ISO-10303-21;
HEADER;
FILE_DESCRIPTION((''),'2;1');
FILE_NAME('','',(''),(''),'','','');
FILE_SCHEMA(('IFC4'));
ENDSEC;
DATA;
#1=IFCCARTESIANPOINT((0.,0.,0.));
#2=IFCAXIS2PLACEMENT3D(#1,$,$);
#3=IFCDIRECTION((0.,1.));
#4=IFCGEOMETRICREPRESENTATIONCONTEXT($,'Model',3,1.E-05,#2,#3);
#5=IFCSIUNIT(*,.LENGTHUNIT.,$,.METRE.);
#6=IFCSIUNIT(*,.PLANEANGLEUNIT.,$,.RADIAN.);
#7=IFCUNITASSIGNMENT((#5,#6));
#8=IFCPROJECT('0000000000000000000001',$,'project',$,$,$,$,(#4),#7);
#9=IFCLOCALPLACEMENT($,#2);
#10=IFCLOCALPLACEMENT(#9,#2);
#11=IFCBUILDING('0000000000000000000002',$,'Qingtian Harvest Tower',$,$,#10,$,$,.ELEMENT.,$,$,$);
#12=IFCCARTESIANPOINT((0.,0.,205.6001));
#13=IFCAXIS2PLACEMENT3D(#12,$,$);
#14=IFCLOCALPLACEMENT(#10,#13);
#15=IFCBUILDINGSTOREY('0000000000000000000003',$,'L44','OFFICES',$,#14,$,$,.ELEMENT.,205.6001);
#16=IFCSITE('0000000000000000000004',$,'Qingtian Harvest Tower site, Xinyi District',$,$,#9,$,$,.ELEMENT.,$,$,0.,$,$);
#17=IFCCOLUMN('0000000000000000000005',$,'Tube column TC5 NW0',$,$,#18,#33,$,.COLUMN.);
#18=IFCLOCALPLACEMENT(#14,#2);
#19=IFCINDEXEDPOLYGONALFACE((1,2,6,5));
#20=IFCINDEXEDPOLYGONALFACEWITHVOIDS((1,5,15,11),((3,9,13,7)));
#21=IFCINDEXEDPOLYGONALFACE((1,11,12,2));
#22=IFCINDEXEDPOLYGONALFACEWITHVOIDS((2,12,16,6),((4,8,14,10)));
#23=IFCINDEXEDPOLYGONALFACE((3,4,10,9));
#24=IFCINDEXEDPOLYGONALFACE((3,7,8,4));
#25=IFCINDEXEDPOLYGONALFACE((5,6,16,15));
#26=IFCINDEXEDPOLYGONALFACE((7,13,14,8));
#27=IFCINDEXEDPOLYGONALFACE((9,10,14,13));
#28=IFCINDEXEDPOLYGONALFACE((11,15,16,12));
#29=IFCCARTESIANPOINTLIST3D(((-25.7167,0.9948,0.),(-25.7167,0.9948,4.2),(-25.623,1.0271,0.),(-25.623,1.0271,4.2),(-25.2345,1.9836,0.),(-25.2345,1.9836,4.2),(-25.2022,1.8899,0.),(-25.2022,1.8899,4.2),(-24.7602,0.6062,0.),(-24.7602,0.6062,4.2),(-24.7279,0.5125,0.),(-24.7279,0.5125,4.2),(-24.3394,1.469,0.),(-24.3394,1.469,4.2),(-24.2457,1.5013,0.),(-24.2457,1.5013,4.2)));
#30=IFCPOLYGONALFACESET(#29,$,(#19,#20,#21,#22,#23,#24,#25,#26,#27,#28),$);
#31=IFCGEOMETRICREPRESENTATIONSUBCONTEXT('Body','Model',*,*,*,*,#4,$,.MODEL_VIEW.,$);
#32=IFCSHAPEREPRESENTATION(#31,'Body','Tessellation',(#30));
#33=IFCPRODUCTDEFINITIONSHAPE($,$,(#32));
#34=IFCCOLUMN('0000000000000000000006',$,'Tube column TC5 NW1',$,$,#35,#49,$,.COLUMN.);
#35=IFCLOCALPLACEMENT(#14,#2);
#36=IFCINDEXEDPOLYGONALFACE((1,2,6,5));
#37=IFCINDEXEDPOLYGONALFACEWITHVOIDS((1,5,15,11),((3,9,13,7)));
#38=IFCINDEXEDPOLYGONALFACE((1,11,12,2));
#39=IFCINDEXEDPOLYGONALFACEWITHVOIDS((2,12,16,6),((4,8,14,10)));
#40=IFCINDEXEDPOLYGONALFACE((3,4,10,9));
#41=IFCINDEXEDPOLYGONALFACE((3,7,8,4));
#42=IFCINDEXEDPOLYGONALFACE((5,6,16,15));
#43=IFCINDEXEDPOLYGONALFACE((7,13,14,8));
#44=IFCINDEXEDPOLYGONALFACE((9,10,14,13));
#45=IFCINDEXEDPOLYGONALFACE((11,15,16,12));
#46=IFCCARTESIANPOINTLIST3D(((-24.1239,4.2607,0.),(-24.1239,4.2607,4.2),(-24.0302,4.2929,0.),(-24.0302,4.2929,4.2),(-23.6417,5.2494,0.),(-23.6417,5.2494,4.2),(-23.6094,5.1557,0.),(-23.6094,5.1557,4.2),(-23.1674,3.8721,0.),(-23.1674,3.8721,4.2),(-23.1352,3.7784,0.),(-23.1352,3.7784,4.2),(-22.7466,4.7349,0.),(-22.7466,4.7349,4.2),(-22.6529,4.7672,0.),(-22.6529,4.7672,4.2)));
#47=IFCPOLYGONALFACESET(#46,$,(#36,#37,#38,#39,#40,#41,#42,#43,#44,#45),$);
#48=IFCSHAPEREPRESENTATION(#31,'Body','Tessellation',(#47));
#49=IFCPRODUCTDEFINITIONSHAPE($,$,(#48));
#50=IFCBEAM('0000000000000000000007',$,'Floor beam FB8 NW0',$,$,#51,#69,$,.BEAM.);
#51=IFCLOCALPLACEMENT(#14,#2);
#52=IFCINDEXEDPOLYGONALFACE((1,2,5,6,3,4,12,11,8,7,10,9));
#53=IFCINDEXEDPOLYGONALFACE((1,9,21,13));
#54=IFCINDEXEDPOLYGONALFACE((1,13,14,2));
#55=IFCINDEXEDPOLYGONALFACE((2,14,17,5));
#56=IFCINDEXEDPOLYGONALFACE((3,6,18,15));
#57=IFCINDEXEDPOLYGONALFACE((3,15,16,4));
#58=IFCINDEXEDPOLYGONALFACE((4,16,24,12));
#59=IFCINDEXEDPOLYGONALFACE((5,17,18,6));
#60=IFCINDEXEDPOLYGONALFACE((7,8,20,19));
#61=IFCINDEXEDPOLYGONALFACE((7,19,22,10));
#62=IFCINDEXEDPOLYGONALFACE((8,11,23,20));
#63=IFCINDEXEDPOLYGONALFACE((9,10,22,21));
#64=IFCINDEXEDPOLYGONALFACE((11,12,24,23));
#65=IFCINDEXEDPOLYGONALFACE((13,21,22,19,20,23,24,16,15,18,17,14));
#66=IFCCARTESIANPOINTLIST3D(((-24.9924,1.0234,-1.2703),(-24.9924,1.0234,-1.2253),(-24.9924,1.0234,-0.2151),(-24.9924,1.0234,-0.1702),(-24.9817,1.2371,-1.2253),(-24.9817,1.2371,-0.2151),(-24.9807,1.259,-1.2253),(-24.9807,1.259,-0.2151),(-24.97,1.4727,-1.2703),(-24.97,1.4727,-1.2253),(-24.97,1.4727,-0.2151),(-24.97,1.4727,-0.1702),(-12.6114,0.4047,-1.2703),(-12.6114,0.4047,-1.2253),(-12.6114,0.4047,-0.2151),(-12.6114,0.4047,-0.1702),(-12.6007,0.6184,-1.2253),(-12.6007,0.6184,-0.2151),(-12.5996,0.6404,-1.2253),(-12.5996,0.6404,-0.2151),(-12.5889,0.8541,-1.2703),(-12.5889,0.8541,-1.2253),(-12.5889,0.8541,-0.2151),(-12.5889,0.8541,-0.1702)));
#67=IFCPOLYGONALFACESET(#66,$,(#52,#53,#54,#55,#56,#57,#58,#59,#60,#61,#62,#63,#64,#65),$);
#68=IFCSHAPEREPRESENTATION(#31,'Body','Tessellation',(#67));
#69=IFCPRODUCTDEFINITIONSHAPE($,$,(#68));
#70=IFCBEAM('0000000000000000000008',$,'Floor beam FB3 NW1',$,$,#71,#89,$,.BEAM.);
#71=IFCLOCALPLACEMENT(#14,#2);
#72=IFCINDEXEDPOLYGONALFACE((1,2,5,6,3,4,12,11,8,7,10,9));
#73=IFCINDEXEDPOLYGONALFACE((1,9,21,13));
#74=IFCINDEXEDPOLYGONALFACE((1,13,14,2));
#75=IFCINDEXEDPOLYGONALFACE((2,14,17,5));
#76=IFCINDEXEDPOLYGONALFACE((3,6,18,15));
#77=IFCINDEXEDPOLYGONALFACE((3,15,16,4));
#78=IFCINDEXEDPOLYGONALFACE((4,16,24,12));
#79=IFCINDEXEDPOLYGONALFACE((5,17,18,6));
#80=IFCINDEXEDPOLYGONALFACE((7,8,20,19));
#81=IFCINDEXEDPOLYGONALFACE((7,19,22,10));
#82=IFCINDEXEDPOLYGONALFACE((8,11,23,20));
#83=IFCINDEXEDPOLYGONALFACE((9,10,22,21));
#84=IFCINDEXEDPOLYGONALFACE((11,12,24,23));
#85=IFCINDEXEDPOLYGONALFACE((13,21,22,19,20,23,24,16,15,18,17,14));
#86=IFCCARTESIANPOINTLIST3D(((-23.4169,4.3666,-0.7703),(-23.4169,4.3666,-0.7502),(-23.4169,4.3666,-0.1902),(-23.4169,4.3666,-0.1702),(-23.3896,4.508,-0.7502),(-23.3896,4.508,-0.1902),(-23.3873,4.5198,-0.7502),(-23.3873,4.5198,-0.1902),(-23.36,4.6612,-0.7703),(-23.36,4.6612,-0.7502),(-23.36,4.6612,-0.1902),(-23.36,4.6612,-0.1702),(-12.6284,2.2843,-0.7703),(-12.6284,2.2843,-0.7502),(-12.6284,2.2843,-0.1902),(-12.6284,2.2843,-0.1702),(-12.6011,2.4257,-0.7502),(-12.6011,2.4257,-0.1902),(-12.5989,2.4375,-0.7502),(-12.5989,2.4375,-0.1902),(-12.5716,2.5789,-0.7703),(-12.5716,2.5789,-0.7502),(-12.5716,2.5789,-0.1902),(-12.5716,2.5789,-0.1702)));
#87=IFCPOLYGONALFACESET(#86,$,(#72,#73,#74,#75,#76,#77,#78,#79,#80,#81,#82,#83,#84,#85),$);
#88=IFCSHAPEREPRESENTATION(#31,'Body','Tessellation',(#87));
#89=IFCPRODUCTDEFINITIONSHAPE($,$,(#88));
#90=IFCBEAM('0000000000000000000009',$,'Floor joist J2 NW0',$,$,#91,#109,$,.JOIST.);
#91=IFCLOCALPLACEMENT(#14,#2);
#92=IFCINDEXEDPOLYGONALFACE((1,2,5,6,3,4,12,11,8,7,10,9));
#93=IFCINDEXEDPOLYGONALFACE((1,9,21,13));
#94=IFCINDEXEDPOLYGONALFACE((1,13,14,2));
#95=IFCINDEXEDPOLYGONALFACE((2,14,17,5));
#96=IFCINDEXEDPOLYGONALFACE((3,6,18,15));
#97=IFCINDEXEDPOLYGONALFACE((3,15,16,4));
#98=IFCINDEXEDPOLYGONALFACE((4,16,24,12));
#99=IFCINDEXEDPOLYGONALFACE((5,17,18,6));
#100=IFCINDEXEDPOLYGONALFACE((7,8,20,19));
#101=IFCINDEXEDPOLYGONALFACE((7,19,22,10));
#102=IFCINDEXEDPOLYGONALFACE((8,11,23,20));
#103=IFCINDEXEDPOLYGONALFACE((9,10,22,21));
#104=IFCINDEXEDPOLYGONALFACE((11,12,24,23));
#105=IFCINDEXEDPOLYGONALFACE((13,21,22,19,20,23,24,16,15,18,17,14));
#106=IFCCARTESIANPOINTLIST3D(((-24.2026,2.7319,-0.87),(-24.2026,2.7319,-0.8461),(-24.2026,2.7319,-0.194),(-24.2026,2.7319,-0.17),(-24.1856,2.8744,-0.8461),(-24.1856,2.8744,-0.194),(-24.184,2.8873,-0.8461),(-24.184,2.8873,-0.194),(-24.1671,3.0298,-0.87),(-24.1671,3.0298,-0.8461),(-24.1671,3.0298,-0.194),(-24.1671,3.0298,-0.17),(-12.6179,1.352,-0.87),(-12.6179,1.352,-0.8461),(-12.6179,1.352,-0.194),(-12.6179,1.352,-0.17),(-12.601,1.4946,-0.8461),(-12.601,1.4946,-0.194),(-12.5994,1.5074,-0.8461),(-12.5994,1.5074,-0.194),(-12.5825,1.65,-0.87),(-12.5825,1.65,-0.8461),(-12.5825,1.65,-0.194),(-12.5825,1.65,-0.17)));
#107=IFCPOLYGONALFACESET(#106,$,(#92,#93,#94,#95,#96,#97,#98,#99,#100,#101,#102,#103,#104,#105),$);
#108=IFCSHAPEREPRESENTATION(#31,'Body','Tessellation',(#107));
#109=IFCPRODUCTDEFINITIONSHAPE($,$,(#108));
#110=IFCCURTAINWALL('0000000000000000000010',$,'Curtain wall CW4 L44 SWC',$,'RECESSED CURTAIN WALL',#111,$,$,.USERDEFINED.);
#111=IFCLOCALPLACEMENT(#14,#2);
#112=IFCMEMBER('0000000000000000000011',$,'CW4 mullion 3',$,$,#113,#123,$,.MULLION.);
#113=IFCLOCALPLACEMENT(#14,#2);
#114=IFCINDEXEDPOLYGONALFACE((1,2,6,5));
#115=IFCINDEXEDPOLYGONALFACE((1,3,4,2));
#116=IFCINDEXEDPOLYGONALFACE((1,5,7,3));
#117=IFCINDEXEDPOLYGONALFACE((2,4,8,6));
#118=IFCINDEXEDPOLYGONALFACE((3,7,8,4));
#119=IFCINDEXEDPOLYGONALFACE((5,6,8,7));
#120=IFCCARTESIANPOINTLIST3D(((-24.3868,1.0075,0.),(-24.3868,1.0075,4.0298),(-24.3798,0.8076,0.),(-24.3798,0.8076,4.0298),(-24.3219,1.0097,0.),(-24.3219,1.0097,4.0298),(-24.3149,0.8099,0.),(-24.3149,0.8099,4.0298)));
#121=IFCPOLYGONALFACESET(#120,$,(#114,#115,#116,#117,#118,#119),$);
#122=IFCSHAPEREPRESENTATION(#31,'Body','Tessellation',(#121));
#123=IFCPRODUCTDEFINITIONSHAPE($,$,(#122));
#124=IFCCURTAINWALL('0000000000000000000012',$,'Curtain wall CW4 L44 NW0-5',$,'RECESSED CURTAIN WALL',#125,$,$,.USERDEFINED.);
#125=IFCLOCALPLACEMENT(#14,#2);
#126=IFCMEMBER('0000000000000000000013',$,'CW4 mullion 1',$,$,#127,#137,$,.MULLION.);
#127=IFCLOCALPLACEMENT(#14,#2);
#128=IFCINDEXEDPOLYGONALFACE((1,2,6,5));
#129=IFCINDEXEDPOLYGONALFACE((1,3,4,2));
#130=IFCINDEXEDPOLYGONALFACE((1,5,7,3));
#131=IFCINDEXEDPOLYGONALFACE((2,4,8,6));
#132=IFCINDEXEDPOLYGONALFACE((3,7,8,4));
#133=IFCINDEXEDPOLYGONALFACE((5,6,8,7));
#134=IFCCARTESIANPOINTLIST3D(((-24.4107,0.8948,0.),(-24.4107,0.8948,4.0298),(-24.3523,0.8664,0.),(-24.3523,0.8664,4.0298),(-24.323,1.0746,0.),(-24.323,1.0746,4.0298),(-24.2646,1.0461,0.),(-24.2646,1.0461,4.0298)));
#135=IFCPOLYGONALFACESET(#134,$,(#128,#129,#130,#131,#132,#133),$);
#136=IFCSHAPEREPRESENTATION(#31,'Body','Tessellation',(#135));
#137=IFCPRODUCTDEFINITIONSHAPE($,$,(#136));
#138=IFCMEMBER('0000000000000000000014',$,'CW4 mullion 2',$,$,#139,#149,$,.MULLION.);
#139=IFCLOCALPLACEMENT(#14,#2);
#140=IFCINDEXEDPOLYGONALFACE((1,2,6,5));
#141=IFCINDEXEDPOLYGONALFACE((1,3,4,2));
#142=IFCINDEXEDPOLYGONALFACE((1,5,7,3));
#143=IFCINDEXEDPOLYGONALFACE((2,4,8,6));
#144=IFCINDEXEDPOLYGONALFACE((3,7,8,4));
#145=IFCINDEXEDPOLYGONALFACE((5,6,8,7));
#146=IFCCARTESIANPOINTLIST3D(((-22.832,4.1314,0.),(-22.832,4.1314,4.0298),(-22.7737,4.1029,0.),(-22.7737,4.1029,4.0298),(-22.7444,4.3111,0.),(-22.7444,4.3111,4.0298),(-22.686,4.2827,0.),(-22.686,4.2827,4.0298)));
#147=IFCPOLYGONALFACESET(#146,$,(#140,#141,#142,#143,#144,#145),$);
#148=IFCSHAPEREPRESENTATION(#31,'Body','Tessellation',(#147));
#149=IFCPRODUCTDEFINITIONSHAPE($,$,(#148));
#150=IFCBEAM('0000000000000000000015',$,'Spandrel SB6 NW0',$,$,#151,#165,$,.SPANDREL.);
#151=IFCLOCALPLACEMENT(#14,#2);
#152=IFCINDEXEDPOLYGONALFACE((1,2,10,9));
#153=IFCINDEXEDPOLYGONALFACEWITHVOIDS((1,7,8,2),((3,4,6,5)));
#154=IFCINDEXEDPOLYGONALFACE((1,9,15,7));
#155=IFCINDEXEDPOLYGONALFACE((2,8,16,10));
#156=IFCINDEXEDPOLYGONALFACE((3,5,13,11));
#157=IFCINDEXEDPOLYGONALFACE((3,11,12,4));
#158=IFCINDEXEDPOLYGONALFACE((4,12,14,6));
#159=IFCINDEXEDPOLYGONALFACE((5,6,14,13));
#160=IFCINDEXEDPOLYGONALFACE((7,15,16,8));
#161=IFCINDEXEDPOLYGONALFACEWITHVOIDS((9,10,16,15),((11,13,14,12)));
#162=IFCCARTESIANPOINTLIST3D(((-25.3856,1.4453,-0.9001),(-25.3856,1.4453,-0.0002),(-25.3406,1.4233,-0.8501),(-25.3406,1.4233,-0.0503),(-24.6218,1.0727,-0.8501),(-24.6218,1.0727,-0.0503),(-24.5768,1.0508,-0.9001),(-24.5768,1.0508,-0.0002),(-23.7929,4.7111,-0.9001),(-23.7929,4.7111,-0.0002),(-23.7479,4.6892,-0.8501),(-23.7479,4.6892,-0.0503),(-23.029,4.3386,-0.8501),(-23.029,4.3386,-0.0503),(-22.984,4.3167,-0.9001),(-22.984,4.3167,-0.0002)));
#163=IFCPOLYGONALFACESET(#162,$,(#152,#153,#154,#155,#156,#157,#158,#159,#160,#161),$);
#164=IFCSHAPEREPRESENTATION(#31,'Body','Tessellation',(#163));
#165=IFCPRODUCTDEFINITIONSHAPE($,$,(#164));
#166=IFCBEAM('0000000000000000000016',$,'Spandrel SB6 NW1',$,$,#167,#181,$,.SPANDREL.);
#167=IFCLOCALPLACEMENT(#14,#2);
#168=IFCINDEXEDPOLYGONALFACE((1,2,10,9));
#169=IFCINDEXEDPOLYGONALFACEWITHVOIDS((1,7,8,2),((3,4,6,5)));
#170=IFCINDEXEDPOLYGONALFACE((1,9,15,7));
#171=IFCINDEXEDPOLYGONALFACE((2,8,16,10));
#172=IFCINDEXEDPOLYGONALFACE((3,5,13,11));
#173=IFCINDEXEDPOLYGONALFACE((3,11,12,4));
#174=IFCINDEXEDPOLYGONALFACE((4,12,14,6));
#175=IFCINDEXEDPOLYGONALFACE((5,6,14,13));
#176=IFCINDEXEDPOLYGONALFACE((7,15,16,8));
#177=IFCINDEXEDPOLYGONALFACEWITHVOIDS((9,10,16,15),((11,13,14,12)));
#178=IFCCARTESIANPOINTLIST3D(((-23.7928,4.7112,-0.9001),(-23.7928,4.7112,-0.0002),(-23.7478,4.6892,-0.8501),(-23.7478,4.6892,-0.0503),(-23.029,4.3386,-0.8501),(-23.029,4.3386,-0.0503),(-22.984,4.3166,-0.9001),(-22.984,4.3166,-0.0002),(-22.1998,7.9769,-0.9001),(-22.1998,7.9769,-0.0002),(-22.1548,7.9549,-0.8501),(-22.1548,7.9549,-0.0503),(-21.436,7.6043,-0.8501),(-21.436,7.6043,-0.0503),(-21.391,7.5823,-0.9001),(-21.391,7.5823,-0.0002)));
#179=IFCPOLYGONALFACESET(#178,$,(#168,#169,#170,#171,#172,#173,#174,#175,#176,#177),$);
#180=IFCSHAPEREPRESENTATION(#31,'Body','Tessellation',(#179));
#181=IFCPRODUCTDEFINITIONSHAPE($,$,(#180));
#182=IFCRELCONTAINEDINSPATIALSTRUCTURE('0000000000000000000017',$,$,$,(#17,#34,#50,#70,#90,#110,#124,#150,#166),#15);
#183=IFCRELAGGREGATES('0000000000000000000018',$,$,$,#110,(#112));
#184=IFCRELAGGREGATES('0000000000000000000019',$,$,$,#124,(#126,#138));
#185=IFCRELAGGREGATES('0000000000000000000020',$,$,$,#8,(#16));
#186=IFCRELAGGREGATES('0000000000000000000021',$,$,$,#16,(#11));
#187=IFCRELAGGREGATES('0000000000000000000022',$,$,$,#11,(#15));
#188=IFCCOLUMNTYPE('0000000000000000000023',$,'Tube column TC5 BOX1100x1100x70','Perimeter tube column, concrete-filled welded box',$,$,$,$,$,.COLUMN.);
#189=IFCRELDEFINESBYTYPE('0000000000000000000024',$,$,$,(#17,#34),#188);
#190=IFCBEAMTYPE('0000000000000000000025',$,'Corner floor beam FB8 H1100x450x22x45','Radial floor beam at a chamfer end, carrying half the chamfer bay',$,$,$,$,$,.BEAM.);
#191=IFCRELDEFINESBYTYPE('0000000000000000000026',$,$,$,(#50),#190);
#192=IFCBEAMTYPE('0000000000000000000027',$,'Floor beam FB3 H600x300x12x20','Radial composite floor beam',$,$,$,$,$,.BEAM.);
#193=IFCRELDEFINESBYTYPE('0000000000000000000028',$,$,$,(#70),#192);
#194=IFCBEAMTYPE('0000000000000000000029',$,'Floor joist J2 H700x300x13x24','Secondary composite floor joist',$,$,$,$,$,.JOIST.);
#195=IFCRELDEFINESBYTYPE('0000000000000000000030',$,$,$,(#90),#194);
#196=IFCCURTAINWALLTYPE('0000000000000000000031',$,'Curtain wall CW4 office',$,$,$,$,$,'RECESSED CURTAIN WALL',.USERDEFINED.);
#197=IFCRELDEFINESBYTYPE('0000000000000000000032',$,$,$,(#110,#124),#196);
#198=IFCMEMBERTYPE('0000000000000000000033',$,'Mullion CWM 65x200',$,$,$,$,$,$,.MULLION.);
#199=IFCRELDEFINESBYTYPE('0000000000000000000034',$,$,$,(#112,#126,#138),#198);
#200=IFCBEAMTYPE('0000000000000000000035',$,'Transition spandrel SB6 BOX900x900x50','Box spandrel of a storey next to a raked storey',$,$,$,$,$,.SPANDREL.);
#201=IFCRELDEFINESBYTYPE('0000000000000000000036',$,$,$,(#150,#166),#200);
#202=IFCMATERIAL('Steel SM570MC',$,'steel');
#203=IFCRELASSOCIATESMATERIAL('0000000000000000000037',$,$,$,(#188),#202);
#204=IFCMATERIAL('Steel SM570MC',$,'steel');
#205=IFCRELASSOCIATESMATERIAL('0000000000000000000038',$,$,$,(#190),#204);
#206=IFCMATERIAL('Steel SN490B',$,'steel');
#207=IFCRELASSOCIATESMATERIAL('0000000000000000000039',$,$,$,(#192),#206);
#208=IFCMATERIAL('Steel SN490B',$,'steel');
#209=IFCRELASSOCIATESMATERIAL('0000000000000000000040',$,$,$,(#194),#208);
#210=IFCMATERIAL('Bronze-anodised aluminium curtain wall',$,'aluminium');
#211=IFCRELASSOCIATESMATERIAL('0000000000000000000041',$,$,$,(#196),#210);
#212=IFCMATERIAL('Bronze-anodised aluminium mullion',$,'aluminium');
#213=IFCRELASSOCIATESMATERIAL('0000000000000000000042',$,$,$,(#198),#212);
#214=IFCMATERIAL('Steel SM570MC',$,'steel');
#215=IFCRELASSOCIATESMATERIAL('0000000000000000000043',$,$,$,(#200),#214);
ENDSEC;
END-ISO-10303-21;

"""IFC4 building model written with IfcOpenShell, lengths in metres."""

from ifc_helpers import new_model, si_unit, direction, frame, origin, origin_2d, place, context, subcontext, project, spatial, rectangle, hollow_rectangle, i_section, extrude, material, material_profile, profile_set, type_object, element, aggregate, save


model = new_model("IFC4")

# Units and contexts
model_context = context("Model", 3, precision=1e-05, world=origin(), true_north=direction((0.0, 1.0)))
body_context = subcontext(model_context, "Body", "Model", "MODEL_VIEW")
ifc_project = project(units=[si_unit("LENGTHUNIT", "METRE"), si_unit("PLANEANGLEUNIT", "RADIAN")], contexts=[model_context])

# Site, building, storey
site_placement = place(None, origin())
site = spatial("IfcSite", under=ifc_project, at=site_placement, Name="Qingtian Harvest Tower site, Xinyi District", CompositionType="ELEMENT", RefElevation=0.0)
building_placement = place(site_placement, origin())
building = spatial("IfcBuilding", under=site, at=building_placement, Name="Qingtian Harvest Tower", CompositionType="ELEMENT")
storey_placement = place(building_placement, frame((0.0, 0.0, 205.6001)))
storey = spatial("IfcBuildingStorey", under=building, at=storey_placement, Name="L44", Description="OFFICES", CompositionType="ELEMENT", Elevation=205.6001)

# Columns
ifc_material_1 = material(Name="Steel SM570MC", Category="steel")
ifc_material_profile_1 = material_profile(ifc_material_1, hollow_rectangle(XDim=1.1001, YDim=1.1001, WallThickness=0.0701, at=origin_2d()), Name="BOX1100x1100x70")
ifc_profile_set_1 = profile_set([ifc_material_profile_1], Name="Steel SM570MC")
column_type = type_object("IfcColumnType", Name="Tube column TC5 BOX1100x1100x70", Description="Perimeter tube column, concrete-filled welded box", PredefinedType="COLUMN", material=ifc_profile_set_1)
for number, where, z_axis, x_axis, name in (
    (1, (-24.9812, 1.248, 0.0), (0.0, 0.0, 1.0), (-0.438371, -0.898794, 0.0), "Tube column TC5 NW0"),
    (2, (-23.3884, 4.5139, 0.0), (0.0, 0.0, 1.0), (-0.438371, -0.898794, 0.0), "Tube column TC5 NW1"),
):
    element("IfcColumn", number, at=place(storey_placement, frame(where, z_axis=z_axis, x_axis=x_axis)), inside=storey, type_object=column_type, Name=name, PredefinedType="COLUMN", context=body_context, shape_type="SweptSolid", body=[
        extrude(hollow_rectangle(XDim=1.1001, YDim=1.1001, WallThickness=0.0701, at=origin_2d()), origin(), (0.0, 0.0, 1.0), 4.2),
    ])

# Beams
ifc_material_2 = material(Name="Steel SM570MC", Category="steel")
ifc_material_profile_2 = material_profile(ifc_material_2, i_section(OverallWidth=0.45, OverallDepth=1.1001, WebThickness=0.022, FlangeThickness=0.0449, at=origin_2d()), Name="H1100x450x22x45")
ifc_profile_set_2 = profile_set([ifc_material_profile_2], Name="Steel SM570MC")
beam_type_1 = type_object("IfcBeamType", Name="Corner floor beam FB8 H1100x450x22x45", Description="Radial floor beam at a chamfer end, carrying half the chamfer bay", PredefinedType="BEAM", material=ifc_profile_set_2)
beam_1_placement = place(storey_placement, frame((-24.9812, 1.248, -0.7202), z_axis=(0.998754, -0.049905, 0.0), x_axis=(0.049905, 0.998754, 0.0)))
element("IfcBeam", 3, at=beam_1_placement, inside=storey, type_object=beam_type_1, Name="Floor beam FB8 NW0", PredefinedType="BEAM", context=body_context, shape_type="SweptSolid", body=[
    extrude(i_section(OverallWidth=0.45, OverallDepth=1.1001, WebThickness=0.022, FlangeThickness=0.0449, at=origin_2d()), origin(), (0.0, 0.0, 1.0), 12.3965),
])
ifc_material_3 = material(Name="Steel SN490B", Category="steel")
ifc_material_profile_3 = material_profile(ifc_material_3, i_section(OverallWidth=0.3, OverallDepth=0.6001, WebThickness=0.012, FlangeThickness=0.02, at=origin_2d()), Name="H600x300x12x20")
ifc_profile_set_3 = profile_set([ifc_material_profile_3], Name="Steel SN490B")
beam_type_2 = type_object("IfcBeamType", Name="Floor beam FB3 H600x300x12x20", Description="Radial composite floor beam", PredefinedType="BEAM", material=ifc_profile_set_3)
beam_2_placement = place(storey_placement, frame((-23.3884, 4.5139, -0.4702), z_axis=(0.981878, -0.189514, 0.0), x_axis=(0.189514, 0.981878, 0.0)))
element("IfcBeam", 4, at=beam_2_placement, inside=storey, type_object=beam_type_2, Name="Floor beam FB3 NW1", PredefinedType="BEAM", context=body_context, shape_type="SweptSolid", body=[
    extrude(i_section(OverallWidth=0.3, OverallDepth=0.6001, WebThickness=0.012, FlangeThickness=0.02, at=origin_2d()), origin(), (0.0, 0.0, 1.0), 10.9875),
])
ifc_material_4 = material(Name="Steel SN490B", Category="steel")
ifc_material_profile_4 = material_profile(ifc_material_4, i_section(OverallWidth=0.3, OverallDepth=0.7, WebThickness=0.0129, FlangeThickness=0.0239, at=origin_2d()), Name="H700x300x13x24")
ifc_profile_set_4 = profile_set([ifc_material_profile_4], Name="Steel SN490B")
beam_type_3 = type_object("IfcBeamType", Name="Floor joist J2 H700x300x13x24", Description="Secondary composite floor joist", PredefinedType="JOIST", material=ifc_profile_set_4)
beam_3_placement = place(storey_placement, frame((-24.1848, 2.8809, -0.52), z_axis=(0.992981, -0.118276, 0.0), x_axis=(0.118276, 0.992981, 0.0)))
element("IfcBeam", 5, at=beam_3_placement, inside=storey, type_object=beam_type_3, Name="Floor joist J2 NW0", PredefinedType="JOIST", context=body_context, shape_type="SweptSolid", body=[
    extrude(i_section(OverallWidth=0.3, OverallDepth=0.7, WebThickness=0.0129, FlangeThickness=0.0239, at=origin_2d()), origin(), (0.0, 0.0, 1.0), 11.6665),
])

# Curtain wall, member
ifc_material_5 = material(Name="Bronze-anodised aluminium curtain wall", Category="aluminium")
curtain_wall_type = type_object("IfcCurtainWallType", Name="Curtain wall CW4 office", ElementType="RECESSED CURTAIN WALL", PredefinedType="USERDEFINED", material=ifc_material_5)
curtain_wall_1_placement = place(storey_placement, origin())
curtain_wall_1 = element("IfcCurtainWall", 6, at=curtain_wall_1_placement, inside=storey, type_object=curtain_wall_type, Name="Curtain wall CW4 L44 SWC", ObjectType="RECESSED CURTAIN WALL", PredefinedType="USERDEFINED")
ifc_material_6 = material(Name="Bronze-anodised aluminium mullion", Category="aluminium")
ifc_material_profile_5 = material_profile(ifc_material_6, rectangle(XDim=0.0649, YDim=0.2, at=origin_2d()), Name="AL 65x200")
ifc_profile_set_5 = profile_set([ifc_material_profile_5], Name="Bronze-anodised aluminium mullion")
member_type_1 = type_object("IfcMemberType", Name="Mullion CWM 65x200", PredefinedType="MULLION", material=ifc_profile_set_5)
member_1_placement = place(storey_placement, frame((-24.3508, 0.9087, 0.0), z_axis=(0.0, 0.0, 1.0), x_axis=(-0.999391, -0.034899, 0.0)))
member_1 = element("IfcMember", 7, at=member_1_placement, type_object=member_type_1, Name="CW4 mullion 3", PredefinedType="MULLION", context=body_context, shape_type="SweptSolid", body=[
    extrude(rectangle(XDim=0.0649, YDim=0.2, at=origin_2d()), origin(), (0.0, 0.0, 1.0), 4.0298),
])

# Curtain wall, members
curtain_wall_2_placement = place(storey_placement, origin())
curtain_wall_2 = element("IfcCurtainWall", 8, at=curtain_wall_2_placement, inside=storey, type_object=curtain_wall_type, Name="Curtain wall CW4 L44 NW0-5", ObjectType="RECESSED CURTAIN WALL", PredefinedType="USERDEFINED")
member_2_placement = place(storey_placement, frame((-24.3376, 0.9705, 0.0), z_axis=(0.0, 0.0, 1.0), x_axis=(-0.898794, 0.438371, 0.0)))
member_2 = element("IfcMember", 9, at=member_2_placement, type_object=member_type_1, Name="CW4 mullion 1", PredefinedType="MULLION", context=body_context, shape_type="SweptSolid", body=[
    extrude(rectangle(XDim=0.0649, YDim=0.2, at=origin_2d()), origin(), (0.0, 0.0, 1.0), 4.0298),
])
member_3_placement = place(storey_placement, frame((-22.759, 4.207, 0.0), z_axis=(0.0, 0.0, 1.0), x_axis=(-0.898794, 0.438371, 0.0)))
member_3 = element("IfcMember", 10, at=member_3_placement, type_object=member_type_1, Name="CW4 mullion 2", PredefinedType="MULLION", context=body_context, shape_type="SweptSolid", body=[
    extrude(rectangle(XDim=0.0649, YDim=0.2, at=origin_2d()), origin(), (0.0, 0.0, 1.0), 4.0298),
])

# Beams
ifc_material_7 = material(Name="Steel SM570MC", Category="steel")
ifc_material_profile_6 = material_profile(ifc_material_7, hollow_rectangle(XDim=0.8999, YDim=0.8999, WallThickness=0.05, at=origin_2d()), Name="BOX900x900x50")
ifc_profile_set_6 = profile_set([ifc_material_profile_6], Name="Steel SM570MC")
beam_type_4 = type_object("IfcBeamType", Name="Transition spandrel SB6 BOX900x900x50", Description="Box spandrel of a storey next to a raked storey", PredefinedType="SPANDREL", material=ifc_profile_set_6)
for number, where, z_axis, x_axis, name in (
    (11, (-24.9812, 1.248, -0.4502), (0.438349, 0.898805, 0.0), (-0.898805, 0.438349, 0.0), "Spandrel SB6 NW0"),
    (12, (-23.3884, 4.5139, -0.4502), (0.43843, 0.898765, 0.0), (-0.898765, 0.43843, 0.0), "Spandrel SB6 NW1"),
):
    element("IfcBeam", number, at=place(storey_placement, frame(where, z_axis=z_axis, x_axis=x_axis)), inside=storey, type_object=beam_type_4, Name=name, PredefinedType="SPANDREL", context=body_context, shape_type="SweptSolid", body=[
        extrude(hollow_rectangle(XDim=0.8999, YDim=0.8999, WallThickness=0.05, at=origin_2d()), origin(), (0.0, 0.0, 1.0), 3.6335),
    ])

aggregate(curtain_wall_1, [member_1])
aggregate(curtain_wall_2, [member_2, member_3])

save(model, "model.ifc")
